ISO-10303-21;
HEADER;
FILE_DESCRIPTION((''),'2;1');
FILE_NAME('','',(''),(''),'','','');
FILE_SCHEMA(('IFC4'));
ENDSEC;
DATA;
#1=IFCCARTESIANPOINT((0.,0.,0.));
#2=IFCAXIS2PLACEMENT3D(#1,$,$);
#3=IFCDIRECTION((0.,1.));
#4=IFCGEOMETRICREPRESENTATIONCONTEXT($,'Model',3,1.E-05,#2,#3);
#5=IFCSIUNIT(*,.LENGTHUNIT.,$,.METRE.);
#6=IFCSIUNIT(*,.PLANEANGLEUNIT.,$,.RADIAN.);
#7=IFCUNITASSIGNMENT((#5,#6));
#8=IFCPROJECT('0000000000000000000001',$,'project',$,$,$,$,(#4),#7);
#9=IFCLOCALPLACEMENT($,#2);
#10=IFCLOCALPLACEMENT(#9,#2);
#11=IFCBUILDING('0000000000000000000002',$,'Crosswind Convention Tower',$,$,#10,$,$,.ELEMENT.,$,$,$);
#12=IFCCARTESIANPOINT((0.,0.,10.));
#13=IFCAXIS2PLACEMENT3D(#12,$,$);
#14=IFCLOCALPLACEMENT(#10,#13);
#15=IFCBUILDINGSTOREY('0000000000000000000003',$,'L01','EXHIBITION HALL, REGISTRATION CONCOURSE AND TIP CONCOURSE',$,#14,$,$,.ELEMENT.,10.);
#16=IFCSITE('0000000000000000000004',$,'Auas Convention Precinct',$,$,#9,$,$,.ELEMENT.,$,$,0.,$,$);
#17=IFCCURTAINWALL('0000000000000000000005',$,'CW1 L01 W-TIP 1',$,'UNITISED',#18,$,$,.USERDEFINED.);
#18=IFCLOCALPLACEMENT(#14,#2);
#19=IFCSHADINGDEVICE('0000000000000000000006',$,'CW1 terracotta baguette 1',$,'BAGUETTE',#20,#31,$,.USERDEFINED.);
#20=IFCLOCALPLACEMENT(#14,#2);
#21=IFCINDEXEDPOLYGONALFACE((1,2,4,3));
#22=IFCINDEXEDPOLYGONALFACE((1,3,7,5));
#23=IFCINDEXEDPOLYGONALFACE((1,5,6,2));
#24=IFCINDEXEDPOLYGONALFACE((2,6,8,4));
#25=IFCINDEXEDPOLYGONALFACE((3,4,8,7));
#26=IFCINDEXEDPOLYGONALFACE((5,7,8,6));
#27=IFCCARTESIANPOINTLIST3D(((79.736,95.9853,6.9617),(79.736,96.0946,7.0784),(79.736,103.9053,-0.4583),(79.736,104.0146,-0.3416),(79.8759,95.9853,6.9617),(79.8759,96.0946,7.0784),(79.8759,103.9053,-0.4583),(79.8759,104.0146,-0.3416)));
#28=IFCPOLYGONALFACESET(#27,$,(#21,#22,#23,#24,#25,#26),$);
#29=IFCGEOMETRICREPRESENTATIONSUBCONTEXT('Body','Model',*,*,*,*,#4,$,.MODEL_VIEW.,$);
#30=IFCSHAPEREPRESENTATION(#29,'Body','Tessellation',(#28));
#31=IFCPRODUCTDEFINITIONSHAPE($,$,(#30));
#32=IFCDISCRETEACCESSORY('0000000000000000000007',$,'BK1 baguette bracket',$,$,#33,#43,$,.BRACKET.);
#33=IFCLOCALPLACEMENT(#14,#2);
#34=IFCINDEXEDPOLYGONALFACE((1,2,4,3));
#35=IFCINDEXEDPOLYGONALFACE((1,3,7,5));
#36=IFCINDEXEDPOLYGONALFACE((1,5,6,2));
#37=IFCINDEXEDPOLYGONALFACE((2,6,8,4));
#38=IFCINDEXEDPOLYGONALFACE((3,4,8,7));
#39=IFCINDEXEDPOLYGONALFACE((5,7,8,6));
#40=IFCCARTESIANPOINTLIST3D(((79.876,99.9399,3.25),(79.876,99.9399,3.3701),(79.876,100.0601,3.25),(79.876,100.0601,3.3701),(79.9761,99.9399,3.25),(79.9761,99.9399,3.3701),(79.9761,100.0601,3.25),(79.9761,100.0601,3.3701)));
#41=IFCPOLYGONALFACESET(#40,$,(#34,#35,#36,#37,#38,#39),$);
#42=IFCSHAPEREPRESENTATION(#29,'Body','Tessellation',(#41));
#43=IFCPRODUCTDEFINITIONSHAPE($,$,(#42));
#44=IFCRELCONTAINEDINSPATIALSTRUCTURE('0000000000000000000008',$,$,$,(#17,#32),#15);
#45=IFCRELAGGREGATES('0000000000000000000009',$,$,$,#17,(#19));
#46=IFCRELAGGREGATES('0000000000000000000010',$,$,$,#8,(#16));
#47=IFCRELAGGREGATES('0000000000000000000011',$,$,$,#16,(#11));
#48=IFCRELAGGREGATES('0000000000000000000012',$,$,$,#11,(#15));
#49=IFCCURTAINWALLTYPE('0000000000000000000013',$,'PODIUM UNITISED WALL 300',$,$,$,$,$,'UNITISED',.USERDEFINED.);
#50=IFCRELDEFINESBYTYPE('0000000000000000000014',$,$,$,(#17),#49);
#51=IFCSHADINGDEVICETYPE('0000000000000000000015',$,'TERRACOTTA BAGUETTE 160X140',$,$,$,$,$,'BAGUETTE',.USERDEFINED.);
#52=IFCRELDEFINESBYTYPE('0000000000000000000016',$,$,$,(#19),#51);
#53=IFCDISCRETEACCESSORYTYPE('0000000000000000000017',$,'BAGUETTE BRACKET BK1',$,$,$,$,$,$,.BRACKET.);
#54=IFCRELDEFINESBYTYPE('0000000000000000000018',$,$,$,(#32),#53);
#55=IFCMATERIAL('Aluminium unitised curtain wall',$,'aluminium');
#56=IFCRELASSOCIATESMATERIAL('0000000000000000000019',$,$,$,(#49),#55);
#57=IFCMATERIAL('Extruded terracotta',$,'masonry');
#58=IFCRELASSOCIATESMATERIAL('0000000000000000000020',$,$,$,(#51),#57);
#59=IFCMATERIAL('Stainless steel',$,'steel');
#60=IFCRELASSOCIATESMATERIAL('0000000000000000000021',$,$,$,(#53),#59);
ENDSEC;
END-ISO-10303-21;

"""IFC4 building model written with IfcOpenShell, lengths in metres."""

from ifc_helpers import new_model, si_unit, direction, frame, origin, origin_2d, place, context, subcontext, project, spatial, rectangle, extrude, material, material_profile, profile_set, type_object, element, aggregate, save


model = new_model("IFC4")

# Units and contexts
model_context = context("Model", 3, precision=1e-05, world=origin(), true_north=direction((0.0, 1.0)))
body_context = subcontext(model_context, "Body", "Model", "MODEL_VIEW")
ifc_project = project(units=[si_unit("LENGTHUNIT", "METRE"), si_unit("PLANEANGLEUNIT", "RADIAN")], contexts=[model_context])

# Site, building, storey
site_placement = place(None, origin())
site = spatial("IfcSite", under=ifc_project, at=site_placement, Name="Auas Convention Precinct", CompositionType="ELEMENT", RefElevation=0.0)
building_placement = place(site_placement, origin())
building = spatial("IfcBuilding", under=site, at=building_placement, Name="Crosswind Convention Tower", CompositionType="ELEMENT")
storey_placement = place(building_placement, frame((0.0, 0.0, 10.0)))
storey = spatial("IfcBuildingStorey", under=building, at=storey_placement, Name="L01", Description="EXHIBITION HALL, REGISTRATION CONCOURSE AND TIP CONCOURSE", CompositionType="ELEMENT", Elevation=10.0)

# Curtain wall
ifc_material_1 = material(Name="Aluminium unitised curtain wall", Category="aluminium")
curtain_wall_type = type_object("IfcCurtainWallType", Name="PODIUM UNITISED WALL 300", ElementType="UNITISED", PredefinedType="USERDEFINED", material=ifc_material_1)
curtain_wall_placement = place(storey_placement, origin())
curtain_wall = element("IfcCurtainWall", 1, at=curtain_wall_placement, inside=storey, type_object=curtain_wall_type, Name="CW1 L01 W-TIP 1", ObjectType="UNITISED", PredefinedType="USERDEFINED")

# Shared definitions
ifc_material_2 = material(Name="Stainless steel", Category="steel")

# Shading device
ifc_material_3 = material(Name="Extruded terracotta", Category="masonry")
ifc_material_profile_1 = material_profile(ifc_material_3, rectangle(XDim=0.1399, YDim=0.1599, at=origin_2d()), Name="TC 140X160")
ifc_profile_set_1 = profile_set([ifc_material_profile_1], Name="Extruded terracotta")
shading_device_type = type_object("IfcShadingDeviceType", Name="TERRACOTTA BAGUETTE 160X140", ElementType="BAGUETTE", PredefinedType="USERDEFINED", material=ifc_profile_set_1)
shading_device_placement = place(storey_placement, frame((79.8059, 103.96, -0.3999), z_axis=(0.0, -0.729767, 0.683696), x_axis=(1.0, 0.0, 0.0)))
shading_device = element("IfcShadingDevice", 2, at=shading_device_placement, type_object=shading_device_type, Name="CW1 terracotta baguette 1", ObjectType="BAGUETTE", PredefinedType="USERDEFINED", context=body_context, shape_type="SweptSolid", body=[
    extrude(rectangle(XDim=0.1399, YDim=0.1599, at=origin_2d()), origin(), (0.0, 0.0, 1.0), 10.8528),
])
aggregate(curtain_wall, [shading_device])

# Discrete accessory
discrete_accessory_type = type_object("IfcDiscreteAccessoryType", Name="BAGUETTE BRACKET BK1", PredefinedType="BRACKET", material=ifc_material_2)
discrete_accessory_placement = place(storey_placement, frame((79.926, 100.0, 3.25), z_axis=(0.0, 0.0, 1.0), x_axis=(0.0, -1.0, 0.0)))
element("IfcDiscreteAccessory", 3, at=discrete_accessory_placement, inside=storey, type_object=discrete_accessory_type, Name="BK1 baguette bracket", PredefinedType="BRACKET", context=body_context, shape_type="SweptSolid", body=[
    extrude(rectangle(XDim=0.1201, YDim=0.1001, at=origin_2d()), origin(), (0.0, 0.0, 1.0), 0.1201),
])

save(model, "model.ifc")
